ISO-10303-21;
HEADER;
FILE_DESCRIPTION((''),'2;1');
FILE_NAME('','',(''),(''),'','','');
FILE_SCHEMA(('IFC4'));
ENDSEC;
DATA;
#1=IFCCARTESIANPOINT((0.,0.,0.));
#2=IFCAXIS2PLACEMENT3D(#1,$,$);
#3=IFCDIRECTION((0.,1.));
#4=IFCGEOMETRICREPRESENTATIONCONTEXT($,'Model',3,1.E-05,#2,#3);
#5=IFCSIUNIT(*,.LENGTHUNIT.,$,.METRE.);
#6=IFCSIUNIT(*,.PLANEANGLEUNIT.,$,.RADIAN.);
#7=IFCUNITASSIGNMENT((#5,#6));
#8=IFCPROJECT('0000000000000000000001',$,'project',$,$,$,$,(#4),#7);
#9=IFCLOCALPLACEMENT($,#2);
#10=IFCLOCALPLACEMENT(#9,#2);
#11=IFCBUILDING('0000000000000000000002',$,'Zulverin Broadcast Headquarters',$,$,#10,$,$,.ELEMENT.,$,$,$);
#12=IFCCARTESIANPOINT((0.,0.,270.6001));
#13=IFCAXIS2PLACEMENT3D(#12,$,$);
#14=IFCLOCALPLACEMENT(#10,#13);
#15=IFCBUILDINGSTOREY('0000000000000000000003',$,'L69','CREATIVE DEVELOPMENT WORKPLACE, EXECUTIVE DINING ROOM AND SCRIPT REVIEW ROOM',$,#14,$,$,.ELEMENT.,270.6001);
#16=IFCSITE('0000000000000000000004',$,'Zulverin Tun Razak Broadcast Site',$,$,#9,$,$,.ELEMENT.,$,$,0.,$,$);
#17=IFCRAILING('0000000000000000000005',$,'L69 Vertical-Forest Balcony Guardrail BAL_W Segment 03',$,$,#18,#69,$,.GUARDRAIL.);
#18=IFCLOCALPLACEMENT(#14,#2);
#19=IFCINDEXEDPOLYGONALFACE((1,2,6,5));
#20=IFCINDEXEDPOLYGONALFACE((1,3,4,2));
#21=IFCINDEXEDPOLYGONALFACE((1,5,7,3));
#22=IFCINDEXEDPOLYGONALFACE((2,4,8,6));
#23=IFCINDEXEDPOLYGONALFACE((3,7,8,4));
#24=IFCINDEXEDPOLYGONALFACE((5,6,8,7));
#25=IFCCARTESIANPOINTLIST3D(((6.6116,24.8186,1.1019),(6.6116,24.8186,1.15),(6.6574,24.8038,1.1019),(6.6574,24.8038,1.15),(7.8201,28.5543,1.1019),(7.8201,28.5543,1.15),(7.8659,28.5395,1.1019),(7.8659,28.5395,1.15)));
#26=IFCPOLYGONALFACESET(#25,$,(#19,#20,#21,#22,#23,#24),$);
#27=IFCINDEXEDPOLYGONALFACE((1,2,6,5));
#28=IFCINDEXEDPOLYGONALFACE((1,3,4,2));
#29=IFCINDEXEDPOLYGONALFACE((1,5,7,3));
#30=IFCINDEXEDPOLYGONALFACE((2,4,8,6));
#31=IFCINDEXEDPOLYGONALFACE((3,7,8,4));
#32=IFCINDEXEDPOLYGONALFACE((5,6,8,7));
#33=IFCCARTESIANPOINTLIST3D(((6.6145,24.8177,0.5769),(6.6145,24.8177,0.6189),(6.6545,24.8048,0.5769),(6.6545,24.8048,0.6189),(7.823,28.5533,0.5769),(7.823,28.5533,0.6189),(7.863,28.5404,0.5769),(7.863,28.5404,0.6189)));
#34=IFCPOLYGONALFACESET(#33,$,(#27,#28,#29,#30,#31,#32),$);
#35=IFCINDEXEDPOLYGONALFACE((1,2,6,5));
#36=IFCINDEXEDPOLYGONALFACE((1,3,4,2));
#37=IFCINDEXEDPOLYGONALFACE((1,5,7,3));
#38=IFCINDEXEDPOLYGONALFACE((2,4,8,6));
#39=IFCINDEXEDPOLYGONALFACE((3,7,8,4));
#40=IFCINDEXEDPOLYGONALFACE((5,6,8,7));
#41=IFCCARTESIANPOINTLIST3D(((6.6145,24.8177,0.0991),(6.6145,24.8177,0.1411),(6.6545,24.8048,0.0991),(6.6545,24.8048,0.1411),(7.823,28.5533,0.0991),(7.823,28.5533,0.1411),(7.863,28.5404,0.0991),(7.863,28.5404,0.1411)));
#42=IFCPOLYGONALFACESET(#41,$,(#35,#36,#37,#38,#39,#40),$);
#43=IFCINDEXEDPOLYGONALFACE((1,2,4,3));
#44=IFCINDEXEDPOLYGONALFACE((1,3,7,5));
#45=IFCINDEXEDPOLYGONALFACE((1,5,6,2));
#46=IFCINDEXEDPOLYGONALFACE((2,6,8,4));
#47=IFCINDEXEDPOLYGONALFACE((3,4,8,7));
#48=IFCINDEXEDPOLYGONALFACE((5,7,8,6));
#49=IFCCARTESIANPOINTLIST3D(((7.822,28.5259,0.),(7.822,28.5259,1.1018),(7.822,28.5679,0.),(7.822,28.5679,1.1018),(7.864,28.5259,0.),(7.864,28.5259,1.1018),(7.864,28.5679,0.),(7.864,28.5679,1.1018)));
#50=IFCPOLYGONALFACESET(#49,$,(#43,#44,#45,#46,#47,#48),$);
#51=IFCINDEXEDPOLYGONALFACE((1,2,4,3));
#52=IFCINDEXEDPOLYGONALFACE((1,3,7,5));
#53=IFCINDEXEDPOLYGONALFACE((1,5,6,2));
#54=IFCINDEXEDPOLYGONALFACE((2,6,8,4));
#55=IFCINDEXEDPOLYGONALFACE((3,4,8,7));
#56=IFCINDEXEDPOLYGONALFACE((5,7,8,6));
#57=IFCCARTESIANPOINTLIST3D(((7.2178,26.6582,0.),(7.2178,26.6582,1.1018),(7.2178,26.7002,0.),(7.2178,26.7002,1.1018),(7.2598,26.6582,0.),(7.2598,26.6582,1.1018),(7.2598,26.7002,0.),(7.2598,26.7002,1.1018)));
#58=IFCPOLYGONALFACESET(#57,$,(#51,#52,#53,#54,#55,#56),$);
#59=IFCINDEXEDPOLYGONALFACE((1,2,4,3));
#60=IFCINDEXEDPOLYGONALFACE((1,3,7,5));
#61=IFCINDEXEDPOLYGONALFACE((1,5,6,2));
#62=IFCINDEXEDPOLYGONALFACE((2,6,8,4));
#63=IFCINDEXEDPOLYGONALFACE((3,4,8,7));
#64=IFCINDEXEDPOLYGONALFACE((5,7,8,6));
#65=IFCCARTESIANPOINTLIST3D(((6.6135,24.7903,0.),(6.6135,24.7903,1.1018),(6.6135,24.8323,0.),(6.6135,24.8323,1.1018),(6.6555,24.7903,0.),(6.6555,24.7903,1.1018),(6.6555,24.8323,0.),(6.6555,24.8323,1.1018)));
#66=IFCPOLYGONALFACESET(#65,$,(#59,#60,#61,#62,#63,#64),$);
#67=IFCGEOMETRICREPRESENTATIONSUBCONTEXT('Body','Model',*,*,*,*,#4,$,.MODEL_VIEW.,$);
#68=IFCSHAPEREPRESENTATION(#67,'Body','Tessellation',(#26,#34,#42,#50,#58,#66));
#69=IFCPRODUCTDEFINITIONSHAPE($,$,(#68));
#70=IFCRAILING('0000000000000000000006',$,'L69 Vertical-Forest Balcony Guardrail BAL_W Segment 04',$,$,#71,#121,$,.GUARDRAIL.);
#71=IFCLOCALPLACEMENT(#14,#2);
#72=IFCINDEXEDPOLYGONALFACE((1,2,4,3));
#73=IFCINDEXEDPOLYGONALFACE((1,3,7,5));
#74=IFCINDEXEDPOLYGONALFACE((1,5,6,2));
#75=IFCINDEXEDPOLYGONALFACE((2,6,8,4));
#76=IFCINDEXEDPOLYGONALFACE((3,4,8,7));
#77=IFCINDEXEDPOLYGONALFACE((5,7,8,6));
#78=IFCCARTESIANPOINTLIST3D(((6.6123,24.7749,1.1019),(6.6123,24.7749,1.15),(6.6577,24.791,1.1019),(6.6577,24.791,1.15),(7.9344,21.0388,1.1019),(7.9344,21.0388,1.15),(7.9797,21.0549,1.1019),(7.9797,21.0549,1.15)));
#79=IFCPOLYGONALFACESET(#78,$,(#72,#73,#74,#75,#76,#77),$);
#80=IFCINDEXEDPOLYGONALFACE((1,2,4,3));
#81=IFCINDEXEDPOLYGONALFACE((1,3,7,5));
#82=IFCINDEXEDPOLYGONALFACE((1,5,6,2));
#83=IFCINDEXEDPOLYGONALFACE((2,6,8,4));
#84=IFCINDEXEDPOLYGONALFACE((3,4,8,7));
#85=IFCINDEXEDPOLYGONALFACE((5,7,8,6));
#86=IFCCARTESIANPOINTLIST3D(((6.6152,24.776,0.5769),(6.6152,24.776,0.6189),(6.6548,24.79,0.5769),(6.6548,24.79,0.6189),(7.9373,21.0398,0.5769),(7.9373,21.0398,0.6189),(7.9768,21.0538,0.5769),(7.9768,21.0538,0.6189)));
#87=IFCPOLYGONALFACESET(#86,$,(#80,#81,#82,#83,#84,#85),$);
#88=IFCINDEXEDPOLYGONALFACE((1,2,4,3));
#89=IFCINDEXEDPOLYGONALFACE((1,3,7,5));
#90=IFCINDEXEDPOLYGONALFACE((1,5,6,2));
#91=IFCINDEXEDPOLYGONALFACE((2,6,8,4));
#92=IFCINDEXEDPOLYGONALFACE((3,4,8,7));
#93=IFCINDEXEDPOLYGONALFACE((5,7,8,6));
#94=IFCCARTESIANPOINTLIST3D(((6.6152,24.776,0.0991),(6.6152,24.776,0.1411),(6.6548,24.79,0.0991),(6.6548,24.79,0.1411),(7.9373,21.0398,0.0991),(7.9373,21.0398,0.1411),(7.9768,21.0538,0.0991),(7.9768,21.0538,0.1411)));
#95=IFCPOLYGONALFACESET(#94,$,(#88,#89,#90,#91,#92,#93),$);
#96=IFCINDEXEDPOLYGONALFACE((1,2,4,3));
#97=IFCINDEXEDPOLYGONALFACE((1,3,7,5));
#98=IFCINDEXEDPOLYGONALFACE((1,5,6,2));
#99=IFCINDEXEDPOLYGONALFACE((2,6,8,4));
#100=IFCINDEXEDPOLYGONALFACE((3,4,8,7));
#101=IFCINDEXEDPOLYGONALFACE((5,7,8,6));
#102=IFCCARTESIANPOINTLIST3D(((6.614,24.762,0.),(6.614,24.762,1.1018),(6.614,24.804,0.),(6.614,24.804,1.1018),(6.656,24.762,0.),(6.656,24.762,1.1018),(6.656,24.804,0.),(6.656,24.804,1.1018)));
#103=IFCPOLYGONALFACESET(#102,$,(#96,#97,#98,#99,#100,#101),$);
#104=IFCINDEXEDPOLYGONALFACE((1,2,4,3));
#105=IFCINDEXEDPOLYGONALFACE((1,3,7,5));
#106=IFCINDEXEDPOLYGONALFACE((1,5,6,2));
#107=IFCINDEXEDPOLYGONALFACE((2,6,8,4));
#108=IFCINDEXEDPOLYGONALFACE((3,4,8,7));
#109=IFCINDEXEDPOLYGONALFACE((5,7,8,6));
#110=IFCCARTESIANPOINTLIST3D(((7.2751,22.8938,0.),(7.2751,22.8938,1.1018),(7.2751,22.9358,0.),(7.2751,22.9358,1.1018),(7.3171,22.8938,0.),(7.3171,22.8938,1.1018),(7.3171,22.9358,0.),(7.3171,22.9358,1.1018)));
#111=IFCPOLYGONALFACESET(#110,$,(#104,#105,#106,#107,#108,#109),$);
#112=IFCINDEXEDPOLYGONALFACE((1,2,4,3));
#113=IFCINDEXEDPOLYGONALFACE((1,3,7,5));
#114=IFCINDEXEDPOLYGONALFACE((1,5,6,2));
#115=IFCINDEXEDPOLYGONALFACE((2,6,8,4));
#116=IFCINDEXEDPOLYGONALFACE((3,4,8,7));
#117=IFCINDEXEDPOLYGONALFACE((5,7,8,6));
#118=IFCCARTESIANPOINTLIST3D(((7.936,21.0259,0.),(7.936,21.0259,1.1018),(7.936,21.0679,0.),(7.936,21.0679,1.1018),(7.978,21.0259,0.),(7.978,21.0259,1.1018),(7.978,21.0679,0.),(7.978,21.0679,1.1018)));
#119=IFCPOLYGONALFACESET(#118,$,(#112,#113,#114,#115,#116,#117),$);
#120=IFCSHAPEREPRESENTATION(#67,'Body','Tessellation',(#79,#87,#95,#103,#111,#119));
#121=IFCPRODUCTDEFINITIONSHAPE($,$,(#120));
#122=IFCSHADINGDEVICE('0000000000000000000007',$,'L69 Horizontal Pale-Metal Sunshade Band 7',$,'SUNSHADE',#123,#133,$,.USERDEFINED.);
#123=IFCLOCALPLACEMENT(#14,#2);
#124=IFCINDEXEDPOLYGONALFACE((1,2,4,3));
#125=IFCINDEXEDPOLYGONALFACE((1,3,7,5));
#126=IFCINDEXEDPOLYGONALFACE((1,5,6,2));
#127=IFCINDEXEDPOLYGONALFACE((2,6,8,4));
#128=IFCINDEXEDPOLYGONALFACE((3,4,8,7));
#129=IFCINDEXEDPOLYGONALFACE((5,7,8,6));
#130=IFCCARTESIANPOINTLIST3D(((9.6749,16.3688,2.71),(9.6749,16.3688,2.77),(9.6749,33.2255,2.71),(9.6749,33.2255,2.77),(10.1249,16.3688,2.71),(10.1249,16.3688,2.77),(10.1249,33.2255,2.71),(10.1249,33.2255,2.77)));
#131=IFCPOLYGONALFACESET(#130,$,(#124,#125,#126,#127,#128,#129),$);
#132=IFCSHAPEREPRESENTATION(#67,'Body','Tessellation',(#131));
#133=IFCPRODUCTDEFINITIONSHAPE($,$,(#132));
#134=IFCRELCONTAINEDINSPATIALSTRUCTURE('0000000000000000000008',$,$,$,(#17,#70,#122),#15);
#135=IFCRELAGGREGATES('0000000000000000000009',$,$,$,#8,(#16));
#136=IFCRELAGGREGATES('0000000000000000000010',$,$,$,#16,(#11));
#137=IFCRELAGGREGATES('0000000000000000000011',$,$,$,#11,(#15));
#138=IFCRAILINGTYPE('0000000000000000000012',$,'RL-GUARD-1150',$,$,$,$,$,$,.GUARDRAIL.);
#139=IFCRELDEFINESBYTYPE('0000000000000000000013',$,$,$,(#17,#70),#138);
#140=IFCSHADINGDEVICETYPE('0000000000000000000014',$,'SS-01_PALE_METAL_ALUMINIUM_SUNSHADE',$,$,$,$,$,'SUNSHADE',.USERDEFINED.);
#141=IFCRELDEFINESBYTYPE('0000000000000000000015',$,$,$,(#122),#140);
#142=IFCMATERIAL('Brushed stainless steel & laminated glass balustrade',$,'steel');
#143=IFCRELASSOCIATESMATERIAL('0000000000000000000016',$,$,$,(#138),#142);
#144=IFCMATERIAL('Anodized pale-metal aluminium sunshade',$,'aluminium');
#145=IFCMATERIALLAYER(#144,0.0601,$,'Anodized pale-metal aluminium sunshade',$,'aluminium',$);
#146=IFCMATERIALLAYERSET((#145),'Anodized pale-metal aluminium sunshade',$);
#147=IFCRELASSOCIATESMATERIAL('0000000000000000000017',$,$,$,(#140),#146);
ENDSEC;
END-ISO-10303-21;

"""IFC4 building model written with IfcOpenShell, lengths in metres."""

from ifc_helpers import new_model, si_unit, direction, frame, origin, origin_2d, place, context, subcontext, project, spatial, rectangle, extrude, material, layer, layer_set, type_object, element, save


model = new_model("IFC4")

# Units and contexts
model_context = context("Model", 3, precision=1e-05, world=origin(), true_north=direction((0.0, 1.0)))
body_context = subcontext(model_context, "Body", "Model", "MODEL_VIEW")
ifc_project = project(units=[si_unit("LENGTHUNIT", "METRE"), si_unit("PLANEANGLEUNIT", "RADIAN")], contexts=[model_context])

# Site, building, storey
site_placement = place(None, origin())
site = spatial("IfcSite", under=ifc_project, at=site_placement, Name="Zulverin Tun Razak Broadcast Site", CompositionType="ELEMENT", RefElevation=0.0)
building_placement = place(site_placement, origin())
building = spatial("IfcBuilding", under=site, at=building_placement, Name="Zulverin Broadcast Headquarters", CompositionType="ELEMENT")
storey_placement = place(building_placement, frame((0.0, 0.0, 270.6001)))
storey = spatial("IfcBuildingStorey", under=building, at=storey_placement, Name="L69", Description="CREATIVE DEVELOPMENT WORKPLACE, EXECUTIVE DINING ROOM AND SCRIPT REVIEW ROOM", CompositionType="ELEMENT", Elevation=270.6001)

# Railings
ifc_material_1 = material(Name="Brushed stainless steel & laminated glass balustrade", Category="steel")
railing_type = type_object("IfcRailingType", Name="RL-GUARD-1150", PredefinedType="GUARDRAIL", material=ifc_material_1)
railing_1_placement = place(storey_placement, frame((7.843, 28.5469, 0.0)))
element("IfcRailing", 1, at=railing_1_placement, inside=storey, type_object=railing_type, Name="L69 Vertical-Forest Balcony Guardrail BAL_W Segment 03", PredefinedType="GUARDRAIL", context=body_context, shape_type="SweptSolid", body=[
    extrude(rectangle(XDim=0.0481, YDim=0.0481, at=origin_2d()), frame((0.0, 0.0, 1.126), z_axis=(-0.307802, -0.95145, 0.0), x_axis=(0.95145, -0.307802, 0.0)), (0.0, 0.0, 1.0), 3.9263),
    extrude(rectangle(XDim=0.042, YDim=0.042, at=origin_2d()), frame((0.0, 0.0, 0.5979), z_axis=(-0.307802, -0.95145, 0.0), x_axis=(0.95145, -0.307802, 0.0)), (0.0, 0.0, 1.0), 3.9263),
    extrude(rectangle(XDim=0.042, YDim=0.042, at=origin_2d()), frame((0.0, 0.0, 0.1201), z_axis=(-0.307802, -0.95145, 0.0), x_axis=(0.95145, -0.307802, 0.0)), (0.0, 0.0, 1.0), 3.9263),
    extrude(rectangle(XDim=0.042, YDim=0.042, at=origin_2d()), origin(), (0.0, 0.0, 1.0), 1.1018),
    extrude(rectangle(XDim=0.042, YDim=0.042, at=origin_2d()), frame((-0.6042, -1.8677, 0.0)), (0.0, 0.0, 1.0), 1.1018),
    extrude(rectangle(XDim=0.042, YDim=0.042, at=origin_2d()), frame((-1.2085, -3.7356, 0.0)), (0.0, 0.0, 1.0), 1.1018),
])
railing_2_placement = place(storey_placement, frame((6.635, 24.783, 0.0)))
element("IfcRailing", 2, at=railing_2_placement, inside=storey, type_object=railing_type, Name="L69 Vertical-Forest Balcony Guardrail BAL_W Segment 04", PredefinedType="GUARDRAIL", context=body_context, shape_type="SweptSolid", body=[
    extrude(rectangle(XDim=0.0481, YDim=0.0481, at=origin_2d()), frame((0.0, 0.0, 1.126), z_axis=(0.333584, -0.94272, 0.0), x_axis=(0.94272, 0.333584, 0.0)), (0.0, 0.0, 1.0), 3.9631),
    extrude(rectangle(XDim=0.042, YDim=0.042, at=origin_2d()), frame((0.0, 0.0, 0.5979), z_axis=(0.333584, -0.94272, 0.0), x_axis=(0.94272, 0.333584, 0.0)), (0.0, 0.0, 1.0), 3.9631),
    extrude(rectangle(XDim=0.042, YDim=0.042, at=origin_2d()), frame((0.0, 0.0, 0.1201), z_axis=(0.333584, -0.94272, 0.0), x_axis=(0.94272, 0.333584, 0.0)), (0.0, 0.0, 1.0), 3.9631),
    extrude(rectangle(XDim=0.042, YDim=0.042, at=origin_2d()), origin(), (0.0, 0.0, 1.0), 1.1018),
    extrude(rectangle(XDim=0.042, YDim=0.042, at=origin_2d()), frame((0.6611, -1.8682, 0.0)), (0.0, 0.0, 1.0), 1.1018),
    extrude(rectangle(XDim=0.042, YDim=0.042, at=origin_2d()), frame((1.322, -3.7361, 0.0)), (0.0, 0.0, 1.0), 1.1018),
])

# Shading device
ifc_material_2 = material(Name="Anodized pale-metal aluminium sunshade", Category="aluminium")
ifc_layer_1 = layer(ifc_material_2, 0.0601, Name="Anodized pale-metal aluminium sunshade", Category="aluminium")
ifc_layer_set_1 = layer_set([ifc_layer_1], Name="Anodized pale-metal aluminium sunshade")
shading_device_type = type_object("IfcShadingDeviceType", Name="SS-01_PALE_METAL_ALUMINIUM_SUNSHADE", ElementType="SUNSHADE", PredefinedType="USERDEFINED", material=ifc_layer_set_1)
shading_device_placement = place(storey_placement, frame((9.8999, 24.7971, 2.71), z_axis=(0.0, 0.0, 1.0), x_axis=(0.0, -1.0, 0.0)))
element("IfcShadingDevice", 3, at=shading_device_placement, inside=storey, type_object=shading_device_type, Name="L69 Horizontal Pale-Metal Sunshade Band 7", ObjectType="SUNSHADE", PredefinedType="USERDEFINED", context=body_context, shape_type="SweptSolid", body=[
    extrude(rectangle(XDim=16.8567, YDim=0.45, at=origin_2d()), origin(), (0.0, 0.0, 1.0), 0.0601),
])

save(model, "model.ifc")
